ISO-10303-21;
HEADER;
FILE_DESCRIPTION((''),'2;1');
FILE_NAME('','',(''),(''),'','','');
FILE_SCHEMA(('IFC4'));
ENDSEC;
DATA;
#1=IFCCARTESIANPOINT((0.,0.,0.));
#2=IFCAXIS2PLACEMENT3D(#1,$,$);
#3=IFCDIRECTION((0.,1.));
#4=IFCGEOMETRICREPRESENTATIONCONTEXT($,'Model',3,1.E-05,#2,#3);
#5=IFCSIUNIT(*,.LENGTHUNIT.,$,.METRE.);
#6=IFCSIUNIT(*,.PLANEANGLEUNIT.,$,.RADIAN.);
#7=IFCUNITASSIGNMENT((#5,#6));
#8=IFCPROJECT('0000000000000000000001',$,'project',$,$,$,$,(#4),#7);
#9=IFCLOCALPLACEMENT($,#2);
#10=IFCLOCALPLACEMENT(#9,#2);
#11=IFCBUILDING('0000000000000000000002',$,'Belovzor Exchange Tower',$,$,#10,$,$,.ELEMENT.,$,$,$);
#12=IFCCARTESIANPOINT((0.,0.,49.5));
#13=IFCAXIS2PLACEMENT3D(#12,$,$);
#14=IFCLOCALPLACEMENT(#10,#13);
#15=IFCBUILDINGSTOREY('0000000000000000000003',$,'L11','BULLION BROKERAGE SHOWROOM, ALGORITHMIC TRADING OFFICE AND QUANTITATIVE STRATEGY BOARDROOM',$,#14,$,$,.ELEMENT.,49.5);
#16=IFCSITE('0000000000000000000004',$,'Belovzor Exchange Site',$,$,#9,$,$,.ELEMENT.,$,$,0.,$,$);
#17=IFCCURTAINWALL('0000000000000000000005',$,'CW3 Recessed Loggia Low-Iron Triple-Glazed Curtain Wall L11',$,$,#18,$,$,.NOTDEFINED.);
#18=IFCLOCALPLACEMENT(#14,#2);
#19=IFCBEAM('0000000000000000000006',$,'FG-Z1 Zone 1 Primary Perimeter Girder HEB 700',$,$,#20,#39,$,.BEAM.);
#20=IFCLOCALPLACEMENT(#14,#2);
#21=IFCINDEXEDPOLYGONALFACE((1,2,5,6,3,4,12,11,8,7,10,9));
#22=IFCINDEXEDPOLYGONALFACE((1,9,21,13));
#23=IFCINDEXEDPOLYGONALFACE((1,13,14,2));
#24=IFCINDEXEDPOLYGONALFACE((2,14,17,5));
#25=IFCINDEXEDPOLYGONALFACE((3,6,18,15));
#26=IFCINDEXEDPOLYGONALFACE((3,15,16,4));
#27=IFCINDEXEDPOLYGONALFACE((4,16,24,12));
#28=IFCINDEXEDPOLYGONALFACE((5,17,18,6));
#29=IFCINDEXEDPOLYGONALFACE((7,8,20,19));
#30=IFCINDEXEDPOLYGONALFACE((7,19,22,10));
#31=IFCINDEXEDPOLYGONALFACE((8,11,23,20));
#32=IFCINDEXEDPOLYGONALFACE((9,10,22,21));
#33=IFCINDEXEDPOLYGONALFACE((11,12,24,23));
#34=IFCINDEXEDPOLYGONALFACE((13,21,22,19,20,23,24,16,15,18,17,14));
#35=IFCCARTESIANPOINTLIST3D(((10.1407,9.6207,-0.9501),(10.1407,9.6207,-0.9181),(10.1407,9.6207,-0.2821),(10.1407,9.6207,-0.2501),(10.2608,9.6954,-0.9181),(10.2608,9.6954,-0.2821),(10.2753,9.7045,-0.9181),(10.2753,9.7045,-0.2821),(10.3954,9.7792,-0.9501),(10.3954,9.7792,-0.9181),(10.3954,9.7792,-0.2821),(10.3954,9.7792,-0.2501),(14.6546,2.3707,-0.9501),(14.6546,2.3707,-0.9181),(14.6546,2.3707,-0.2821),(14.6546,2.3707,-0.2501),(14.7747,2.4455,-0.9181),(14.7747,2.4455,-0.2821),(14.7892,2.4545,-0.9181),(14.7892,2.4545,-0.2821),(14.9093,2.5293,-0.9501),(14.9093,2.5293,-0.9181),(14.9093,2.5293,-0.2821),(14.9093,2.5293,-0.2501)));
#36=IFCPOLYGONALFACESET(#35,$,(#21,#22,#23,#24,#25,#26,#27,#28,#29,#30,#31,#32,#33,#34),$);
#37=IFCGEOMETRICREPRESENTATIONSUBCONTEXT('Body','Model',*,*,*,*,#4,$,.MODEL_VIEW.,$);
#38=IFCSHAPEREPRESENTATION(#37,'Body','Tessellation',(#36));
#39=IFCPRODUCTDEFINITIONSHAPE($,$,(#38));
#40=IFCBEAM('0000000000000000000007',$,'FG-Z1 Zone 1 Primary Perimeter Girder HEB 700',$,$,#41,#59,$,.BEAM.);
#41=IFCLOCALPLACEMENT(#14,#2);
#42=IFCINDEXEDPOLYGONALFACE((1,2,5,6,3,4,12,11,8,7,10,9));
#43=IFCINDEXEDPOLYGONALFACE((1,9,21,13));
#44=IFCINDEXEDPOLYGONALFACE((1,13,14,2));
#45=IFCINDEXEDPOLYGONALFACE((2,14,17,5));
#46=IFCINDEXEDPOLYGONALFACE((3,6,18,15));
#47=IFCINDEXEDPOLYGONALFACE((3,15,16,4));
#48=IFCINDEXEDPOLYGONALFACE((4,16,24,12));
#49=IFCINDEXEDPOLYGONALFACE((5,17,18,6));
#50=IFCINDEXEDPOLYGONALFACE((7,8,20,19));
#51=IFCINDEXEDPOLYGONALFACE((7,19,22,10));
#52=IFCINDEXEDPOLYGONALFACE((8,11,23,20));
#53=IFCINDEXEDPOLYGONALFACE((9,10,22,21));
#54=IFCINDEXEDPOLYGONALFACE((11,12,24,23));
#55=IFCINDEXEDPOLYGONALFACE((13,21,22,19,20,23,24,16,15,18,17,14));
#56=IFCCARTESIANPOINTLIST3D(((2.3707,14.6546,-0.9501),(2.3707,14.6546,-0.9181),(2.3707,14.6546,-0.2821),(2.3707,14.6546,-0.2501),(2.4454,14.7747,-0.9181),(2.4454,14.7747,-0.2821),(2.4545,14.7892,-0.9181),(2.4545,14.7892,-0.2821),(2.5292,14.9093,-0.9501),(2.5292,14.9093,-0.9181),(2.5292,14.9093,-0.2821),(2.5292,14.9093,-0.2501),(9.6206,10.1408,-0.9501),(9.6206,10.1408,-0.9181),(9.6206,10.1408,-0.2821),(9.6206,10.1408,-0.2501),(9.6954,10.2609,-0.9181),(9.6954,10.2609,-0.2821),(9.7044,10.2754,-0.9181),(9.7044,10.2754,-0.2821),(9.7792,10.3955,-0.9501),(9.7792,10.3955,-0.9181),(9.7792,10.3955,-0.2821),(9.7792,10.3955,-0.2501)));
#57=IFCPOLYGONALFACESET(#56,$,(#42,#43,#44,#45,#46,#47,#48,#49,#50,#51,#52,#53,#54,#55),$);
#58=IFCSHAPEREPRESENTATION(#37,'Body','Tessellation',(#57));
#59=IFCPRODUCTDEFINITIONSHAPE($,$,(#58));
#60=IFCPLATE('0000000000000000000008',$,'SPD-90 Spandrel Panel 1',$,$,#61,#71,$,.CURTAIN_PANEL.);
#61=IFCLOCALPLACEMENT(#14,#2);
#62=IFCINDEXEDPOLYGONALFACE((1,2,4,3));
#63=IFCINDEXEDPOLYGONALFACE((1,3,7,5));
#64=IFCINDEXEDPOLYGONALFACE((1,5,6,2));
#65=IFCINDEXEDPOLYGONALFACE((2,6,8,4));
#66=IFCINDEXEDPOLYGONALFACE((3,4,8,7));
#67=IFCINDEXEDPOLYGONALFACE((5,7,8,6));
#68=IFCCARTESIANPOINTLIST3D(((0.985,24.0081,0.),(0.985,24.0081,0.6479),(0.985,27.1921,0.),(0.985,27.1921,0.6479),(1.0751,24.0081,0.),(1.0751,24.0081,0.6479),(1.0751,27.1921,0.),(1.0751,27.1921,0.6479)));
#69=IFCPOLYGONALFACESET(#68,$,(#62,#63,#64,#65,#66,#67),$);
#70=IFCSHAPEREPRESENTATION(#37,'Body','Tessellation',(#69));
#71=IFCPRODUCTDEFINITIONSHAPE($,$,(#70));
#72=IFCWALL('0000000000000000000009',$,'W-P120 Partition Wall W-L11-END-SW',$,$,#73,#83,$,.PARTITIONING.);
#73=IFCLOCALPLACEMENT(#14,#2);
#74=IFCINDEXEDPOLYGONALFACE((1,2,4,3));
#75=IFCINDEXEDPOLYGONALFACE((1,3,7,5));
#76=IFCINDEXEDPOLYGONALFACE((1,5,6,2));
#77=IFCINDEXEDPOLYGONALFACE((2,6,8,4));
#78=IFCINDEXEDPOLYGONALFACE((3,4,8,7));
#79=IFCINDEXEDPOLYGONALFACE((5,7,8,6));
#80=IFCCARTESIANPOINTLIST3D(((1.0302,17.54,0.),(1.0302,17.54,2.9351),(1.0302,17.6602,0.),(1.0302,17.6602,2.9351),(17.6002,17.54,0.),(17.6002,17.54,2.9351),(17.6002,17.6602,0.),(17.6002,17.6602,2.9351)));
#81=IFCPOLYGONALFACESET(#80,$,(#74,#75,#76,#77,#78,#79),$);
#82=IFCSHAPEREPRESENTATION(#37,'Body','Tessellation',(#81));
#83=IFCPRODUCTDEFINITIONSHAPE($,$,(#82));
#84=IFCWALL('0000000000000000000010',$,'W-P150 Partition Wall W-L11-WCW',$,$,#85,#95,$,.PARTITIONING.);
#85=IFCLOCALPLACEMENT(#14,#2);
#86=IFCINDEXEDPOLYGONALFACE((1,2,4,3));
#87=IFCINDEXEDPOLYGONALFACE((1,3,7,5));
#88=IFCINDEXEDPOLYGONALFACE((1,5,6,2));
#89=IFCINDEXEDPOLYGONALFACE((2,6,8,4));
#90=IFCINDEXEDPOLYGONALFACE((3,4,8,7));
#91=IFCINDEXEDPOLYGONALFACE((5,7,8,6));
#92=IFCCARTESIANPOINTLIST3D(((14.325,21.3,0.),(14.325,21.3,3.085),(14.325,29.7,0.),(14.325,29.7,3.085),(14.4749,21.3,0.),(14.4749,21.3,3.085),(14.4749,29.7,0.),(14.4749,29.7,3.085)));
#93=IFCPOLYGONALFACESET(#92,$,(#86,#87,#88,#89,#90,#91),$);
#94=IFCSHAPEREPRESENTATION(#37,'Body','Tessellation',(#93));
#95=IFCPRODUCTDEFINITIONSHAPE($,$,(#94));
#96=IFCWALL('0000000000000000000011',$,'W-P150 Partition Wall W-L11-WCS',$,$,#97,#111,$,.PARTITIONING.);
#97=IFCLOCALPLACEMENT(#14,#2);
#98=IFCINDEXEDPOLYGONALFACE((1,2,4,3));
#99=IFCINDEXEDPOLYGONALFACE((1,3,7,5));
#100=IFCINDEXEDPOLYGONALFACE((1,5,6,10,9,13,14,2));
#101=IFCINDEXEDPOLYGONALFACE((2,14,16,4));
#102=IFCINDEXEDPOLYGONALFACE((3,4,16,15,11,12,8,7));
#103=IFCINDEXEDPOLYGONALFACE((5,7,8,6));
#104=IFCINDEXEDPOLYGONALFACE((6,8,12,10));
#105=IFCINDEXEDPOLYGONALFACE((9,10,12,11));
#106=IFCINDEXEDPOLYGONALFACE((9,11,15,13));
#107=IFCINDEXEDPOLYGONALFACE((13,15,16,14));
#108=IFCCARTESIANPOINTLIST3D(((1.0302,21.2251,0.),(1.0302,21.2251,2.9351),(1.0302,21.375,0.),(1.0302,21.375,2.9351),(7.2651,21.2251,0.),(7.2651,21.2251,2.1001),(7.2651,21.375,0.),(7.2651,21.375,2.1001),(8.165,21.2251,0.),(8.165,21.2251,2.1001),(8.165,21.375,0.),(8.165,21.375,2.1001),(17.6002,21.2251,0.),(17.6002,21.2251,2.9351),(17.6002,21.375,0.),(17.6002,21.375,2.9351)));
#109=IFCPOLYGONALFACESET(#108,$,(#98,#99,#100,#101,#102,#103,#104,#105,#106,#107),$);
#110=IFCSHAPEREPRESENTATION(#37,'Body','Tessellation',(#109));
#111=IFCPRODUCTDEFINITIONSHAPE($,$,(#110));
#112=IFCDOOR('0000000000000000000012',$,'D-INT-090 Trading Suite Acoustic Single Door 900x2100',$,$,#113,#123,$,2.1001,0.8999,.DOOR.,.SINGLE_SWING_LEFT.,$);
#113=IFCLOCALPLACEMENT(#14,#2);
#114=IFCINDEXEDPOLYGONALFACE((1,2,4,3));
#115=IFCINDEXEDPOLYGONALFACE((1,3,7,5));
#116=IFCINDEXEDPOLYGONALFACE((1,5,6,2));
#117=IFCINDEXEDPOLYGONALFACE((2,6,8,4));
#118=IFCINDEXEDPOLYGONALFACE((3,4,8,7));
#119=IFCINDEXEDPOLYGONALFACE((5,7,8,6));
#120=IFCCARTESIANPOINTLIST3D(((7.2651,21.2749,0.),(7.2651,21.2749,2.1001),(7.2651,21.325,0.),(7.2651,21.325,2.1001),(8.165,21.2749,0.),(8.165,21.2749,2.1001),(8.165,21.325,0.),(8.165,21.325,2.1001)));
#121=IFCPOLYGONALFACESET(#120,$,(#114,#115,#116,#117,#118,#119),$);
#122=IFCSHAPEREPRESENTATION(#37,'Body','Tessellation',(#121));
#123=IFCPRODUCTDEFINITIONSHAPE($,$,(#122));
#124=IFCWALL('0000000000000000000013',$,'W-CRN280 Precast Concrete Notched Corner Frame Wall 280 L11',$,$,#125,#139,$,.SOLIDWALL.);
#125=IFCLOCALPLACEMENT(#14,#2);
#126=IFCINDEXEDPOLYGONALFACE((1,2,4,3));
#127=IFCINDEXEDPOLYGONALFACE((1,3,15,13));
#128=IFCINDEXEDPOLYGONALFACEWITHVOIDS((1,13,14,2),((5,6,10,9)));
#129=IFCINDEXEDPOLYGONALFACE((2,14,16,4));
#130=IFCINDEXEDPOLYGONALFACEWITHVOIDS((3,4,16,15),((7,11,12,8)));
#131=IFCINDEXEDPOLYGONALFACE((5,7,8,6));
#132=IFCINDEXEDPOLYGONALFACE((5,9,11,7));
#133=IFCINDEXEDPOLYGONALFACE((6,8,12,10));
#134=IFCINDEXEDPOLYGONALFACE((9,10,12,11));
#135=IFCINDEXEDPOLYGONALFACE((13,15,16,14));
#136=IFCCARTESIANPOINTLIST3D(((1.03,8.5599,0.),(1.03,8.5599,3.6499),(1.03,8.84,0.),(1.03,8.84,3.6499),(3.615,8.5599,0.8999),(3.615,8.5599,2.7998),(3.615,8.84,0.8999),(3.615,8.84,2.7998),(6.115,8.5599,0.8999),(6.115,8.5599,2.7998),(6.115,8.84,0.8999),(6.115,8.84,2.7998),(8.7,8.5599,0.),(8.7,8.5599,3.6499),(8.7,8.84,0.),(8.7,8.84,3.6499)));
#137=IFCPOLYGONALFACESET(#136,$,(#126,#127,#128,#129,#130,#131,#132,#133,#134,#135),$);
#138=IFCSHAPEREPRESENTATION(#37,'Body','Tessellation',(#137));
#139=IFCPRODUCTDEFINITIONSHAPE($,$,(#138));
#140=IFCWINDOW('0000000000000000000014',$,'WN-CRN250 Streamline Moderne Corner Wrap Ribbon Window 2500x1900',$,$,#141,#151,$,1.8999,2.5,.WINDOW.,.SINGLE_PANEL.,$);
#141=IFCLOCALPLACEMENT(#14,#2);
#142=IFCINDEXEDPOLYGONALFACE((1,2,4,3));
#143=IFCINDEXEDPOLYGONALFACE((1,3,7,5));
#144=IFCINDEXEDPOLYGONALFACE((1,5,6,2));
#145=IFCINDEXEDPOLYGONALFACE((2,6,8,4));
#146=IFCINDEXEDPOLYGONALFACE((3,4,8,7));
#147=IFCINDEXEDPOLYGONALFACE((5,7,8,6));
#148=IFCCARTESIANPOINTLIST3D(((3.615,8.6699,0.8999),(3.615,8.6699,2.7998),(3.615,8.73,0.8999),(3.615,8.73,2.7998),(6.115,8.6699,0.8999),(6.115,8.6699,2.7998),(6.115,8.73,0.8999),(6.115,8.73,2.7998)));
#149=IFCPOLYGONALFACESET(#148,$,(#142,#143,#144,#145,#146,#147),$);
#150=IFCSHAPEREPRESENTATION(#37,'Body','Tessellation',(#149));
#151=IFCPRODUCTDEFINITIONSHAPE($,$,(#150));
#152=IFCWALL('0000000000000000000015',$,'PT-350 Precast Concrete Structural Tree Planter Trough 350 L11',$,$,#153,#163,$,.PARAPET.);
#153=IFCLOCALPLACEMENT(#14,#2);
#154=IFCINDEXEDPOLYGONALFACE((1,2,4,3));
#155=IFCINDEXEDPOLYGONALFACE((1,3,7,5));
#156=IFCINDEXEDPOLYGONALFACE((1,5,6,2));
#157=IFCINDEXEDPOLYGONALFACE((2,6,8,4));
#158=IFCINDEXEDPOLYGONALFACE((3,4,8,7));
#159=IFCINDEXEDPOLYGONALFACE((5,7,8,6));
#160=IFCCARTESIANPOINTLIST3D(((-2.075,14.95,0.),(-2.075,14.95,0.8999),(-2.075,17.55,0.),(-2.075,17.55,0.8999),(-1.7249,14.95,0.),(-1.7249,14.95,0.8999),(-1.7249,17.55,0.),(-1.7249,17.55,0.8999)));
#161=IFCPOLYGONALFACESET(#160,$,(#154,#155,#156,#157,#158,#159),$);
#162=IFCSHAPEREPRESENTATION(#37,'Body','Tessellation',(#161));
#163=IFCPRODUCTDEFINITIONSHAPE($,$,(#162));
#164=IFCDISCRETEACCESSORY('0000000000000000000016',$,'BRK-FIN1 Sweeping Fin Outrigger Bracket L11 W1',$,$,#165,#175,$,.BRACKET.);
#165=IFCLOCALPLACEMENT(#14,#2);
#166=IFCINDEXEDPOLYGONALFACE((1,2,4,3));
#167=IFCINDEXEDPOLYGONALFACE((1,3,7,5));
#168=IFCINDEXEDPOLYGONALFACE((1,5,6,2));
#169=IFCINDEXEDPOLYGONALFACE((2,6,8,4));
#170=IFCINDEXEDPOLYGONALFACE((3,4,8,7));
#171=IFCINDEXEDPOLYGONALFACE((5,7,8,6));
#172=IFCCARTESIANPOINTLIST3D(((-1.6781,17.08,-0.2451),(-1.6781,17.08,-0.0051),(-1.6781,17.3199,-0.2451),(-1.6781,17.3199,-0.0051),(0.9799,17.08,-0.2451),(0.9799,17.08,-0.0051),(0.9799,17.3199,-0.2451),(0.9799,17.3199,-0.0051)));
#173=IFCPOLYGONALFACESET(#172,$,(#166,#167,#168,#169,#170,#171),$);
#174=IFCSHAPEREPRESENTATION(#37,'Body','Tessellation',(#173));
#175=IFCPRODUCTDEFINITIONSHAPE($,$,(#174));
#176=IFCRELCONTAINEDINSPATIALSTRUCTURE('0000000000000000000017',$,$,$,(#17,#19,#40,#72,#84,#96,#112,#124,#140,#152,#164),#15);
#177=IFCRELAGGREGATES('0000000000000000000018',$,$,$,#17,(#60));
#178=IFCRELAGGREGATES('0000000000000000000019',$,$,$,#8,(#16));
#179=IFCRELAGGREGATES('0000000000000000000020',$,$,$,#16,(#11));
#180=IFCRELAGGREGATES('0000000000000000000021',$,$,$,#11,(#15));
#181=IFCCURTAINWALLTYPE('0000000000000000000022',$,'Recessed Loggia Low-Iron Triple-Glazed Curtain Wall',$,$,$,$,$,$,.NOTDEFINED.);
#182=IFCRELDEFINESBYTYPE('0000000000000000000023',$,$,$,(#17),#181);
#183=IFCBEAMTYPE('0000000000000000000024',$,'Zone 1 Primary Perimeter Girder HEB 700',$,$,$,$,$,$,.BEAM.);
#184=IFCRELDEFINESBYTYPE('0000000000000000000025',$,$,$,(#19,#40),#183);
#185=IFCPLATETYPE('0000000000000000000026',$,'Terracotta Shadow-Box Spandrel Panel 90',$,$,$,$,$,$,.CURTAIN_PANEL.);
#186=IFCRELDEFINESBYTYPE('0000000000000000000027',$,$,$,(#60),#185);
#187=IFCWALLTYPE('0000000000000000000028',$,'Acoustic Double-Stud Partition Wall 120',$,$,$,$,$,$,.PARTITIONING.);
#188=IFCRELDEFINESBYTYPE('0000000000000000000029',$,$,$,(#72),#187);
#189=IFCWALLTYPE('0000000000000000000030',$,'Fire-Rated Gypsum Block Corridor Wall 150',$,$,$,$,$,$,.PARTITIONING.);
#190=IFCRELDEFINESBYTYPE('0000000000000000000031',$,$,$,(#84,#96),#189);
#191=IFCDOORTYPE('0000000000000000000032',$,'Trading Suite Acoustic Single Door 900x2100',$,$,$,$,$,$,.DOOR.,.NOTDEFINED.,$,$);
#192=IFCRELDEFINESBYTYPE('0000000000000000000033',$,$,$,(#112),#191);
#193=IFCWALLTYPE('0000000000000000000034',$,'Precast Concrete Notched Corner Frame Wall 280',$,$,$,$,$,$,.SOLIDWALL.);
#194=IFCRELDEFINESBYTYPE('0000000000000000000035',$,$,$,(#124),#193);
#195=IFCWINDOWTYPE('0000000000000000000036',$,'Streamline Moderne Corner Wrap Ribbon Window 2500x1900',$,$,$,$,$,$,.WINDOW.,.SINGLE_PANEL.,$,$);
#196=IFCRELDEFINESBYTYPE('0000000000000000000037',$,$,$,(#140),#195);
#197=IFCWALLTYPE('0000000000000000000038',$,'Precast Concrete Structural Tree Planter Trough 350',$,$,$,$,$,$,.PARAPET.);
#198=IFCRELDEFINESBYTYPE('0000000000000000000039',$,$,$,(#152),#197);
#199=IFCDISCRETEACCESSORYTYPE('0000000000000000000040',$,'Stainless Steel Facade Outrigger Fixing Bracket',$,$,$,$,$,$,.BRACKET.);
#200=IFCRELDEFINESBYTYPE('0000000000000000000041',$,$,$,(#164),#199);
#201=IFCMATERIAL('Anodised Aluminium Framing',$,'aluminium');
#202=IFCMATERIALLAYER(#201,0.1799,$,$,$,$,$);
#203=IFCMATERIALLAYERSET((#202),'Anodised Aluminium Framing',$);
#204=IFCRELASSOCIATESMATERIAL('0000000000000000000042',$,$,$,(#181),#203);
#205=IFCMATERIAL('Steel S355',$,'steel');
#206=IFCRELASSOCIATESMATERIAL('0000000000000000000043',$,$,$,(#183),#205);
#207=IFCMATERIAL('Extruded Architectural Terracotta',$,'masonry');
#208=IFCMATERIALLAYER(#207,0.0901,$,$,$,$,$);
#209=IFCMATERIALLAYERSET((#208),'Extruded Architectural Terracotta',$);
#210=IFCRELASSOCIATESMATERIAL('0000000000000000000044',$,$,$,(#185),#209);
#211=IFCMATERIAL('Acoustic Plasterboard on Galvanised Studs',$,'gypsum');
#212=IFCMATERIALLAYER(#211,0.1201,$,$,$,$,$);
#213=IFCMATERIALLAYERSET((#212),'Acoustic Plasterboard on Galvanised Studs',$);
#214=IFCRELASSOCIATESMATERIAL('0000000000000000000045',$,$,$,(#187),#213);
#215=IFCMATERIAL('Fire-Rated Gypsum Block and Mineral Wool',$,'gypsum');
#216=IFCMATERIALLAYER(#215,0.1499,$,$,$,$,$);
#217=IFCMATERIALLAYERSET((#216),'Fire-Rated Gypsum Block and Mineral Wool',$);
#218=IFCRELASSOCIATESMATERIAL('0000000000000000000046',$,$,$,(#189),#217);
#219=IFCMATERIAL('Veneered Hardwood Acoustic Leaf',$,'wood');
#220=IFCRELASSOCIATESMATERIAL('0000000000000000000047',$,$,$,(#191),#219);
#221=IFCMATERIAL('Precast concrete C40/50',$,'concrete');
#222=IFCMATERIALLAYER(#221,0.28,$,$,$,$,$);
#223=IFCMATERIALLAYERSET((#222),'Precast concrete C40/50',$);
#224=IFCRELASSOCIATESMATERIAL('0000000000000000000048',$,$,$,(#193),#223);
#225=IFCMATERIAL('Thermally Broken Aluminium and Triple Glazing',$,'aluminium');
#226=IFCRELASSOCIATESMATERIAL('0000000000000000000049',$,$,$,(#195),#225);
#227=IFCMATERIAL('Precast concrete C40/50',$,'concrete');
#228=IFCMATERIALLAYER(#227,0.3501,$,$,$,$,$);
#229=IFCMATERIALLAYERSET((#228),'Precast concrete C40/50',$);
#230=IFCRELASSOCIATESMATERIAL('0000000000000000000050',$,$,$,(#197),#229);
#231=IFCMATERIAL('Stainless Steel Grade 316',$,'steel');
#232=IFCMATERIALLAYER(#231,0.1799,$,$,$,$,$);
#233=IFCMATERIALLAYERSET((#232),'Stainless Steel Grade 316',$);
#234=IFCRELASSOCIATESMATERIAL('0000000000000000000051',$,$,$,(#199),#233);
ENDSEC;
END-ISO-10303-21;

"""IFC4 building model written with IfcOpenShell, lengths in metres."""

from ifc_helpers import new_model, si_unit, direction, frame, frame_2d, origin, origin_2d, place, context, subcontext, project, spatial, rectangle, i_section, extrude, material, layer, layer_set, material_profile, profile_set, type_object, element, fill, aggregate, save


model = new_model("IFC4")

# Units and contexts
model_context = context("Model", 3, precision=1e-05, world=origin(), true_north=direction((0.0, 1.0)))
body_context = subcontext(model_context, "Body", "Model", "MODEL_VIEW")
ifc_project = project(units=[si_unit("LENGTHUNIT", "METRE"), si_unit("PLANEANGLEUNIT", "RADIAN")], contexts=[model_context])

# Site, building, storey
site_placement = place(None, origin())
site = spatial("IfcSite", under=ifc_project, at=site_placement, Name="Belovzor Exchange Site", CompositionType="ELEMENT", RefElevation=0.0)
building_placement = place(site_placement, origin())
building = spatial("IfcBuilding", under=site, at=building_placement, Name="Belovzor Exchange Tower", CompositionType="ELEMENT")
storey_placement = place(building_placement, frame((0.0, 0.0, 49.5)))
storey = spatial("IfcBuildingStorey", under=building, at=storey_placement, Name="L11", Description="BULLION BROKERAGE SHOWROOM, ALGORITHMIC TRADING OFFICE AND QUANTITATIVE STRATEGY BOARDROOM", CompositionType="ELEMENT", Elevation=49.5)

# Curtain wall
ifc_material_1 = material(Name="Anodised Aluminium Framing", Category="aluminium")
ifc_layer_1 = layer(ifc_material_1, 0.1799)
ifc_layer_set_1 = layer_set([ifc_layer_1], Name="Anodised Aluminium Framing")
curtain_wall_type = type_object("IfcCurtainWallType", Name="Recessed Loggia Low-Iron Triple-Glazed Curtain Wall", PredefinedType="NOTDEFINED", material=ifc_layer_set_1)
curtain_wall_placement = place(storey_placement, origin())
curtain_wall = element("IfcCurtainWall", 1, at=curtain_wall_placement, inside=storey, type_object=curtain_wall_type, Name="CW3 Recessed Loggia Low-Iron Triple-Glazed Curtain Wall L11", PredefinedType="NOTDEFINED")

# Beams
ifc_material_2 = material(Name="Steel S355", Category="steel")
ifc_material_profile_1 = material_profile(ifc_material_2, i_section(OverallWidth=0.3, OverallDepth=0.7, WebThickness=0.0171, FlangeThickness=0.032, at=origin_2d()))
ifc_profile_set_1 = profile_set([ifc_material_profile_1], Name="Steel S355")
beam_type_1 = type_object("IfcBeamType", Name="Zone 1 Primary Perimeter Girder HEB 700", PredefinedType="BEAM", material=ifc_profile_set_1)
for number, where, z_axis, x_axis, name in (
    (2, (10.2681, 9.7, -0.6001), (0.528539, -0.848909, 0.0), (0.848909, 0.528539, 0.0), "FG-Z1 Zone 1 Primary Perimeter Girder HEB 700"),
    (3, (2.45, 14.782, -0.6001), (0.848909, -0.528539, 0.0), (0.528539, 0.848909, 0.0), "FG-Z1 Zone 1 Primary Perimeter Girder HEB 700"),
):
    element("IfcBeam", number, at=place(storey_placement, frame(where, z_axis=z_axis, x_axis=x_axis)), inside=storey, type_object=beam_type_1, Name=name, PredefinedType="BEAM", context=body_context, shape_type="SweptSolid", body=[
        extrude(i_section(OverallWidth=0.3, OverallDepth=0.7, WebThickness=0.0171, FlangeThickness=0.032, at=origin_2d()), origin(), (0.0, 0.0, 1.0), 8.5403),
    ])

# Plate
ifc_material_3 = material(Name="Extruded Architectural Terracotta", Category="masonry")
ifc_layer_2 = layer(ifc_material_3, 0.0901)
ifc_layer_set_2 = layer_set([ifc_layer_2], Name="Extruded Architectural Terracotta")
plate_type = type_object("IfcPlateType", Name="Terracotta Shadow-Box Spandrel Panel 90", PredefinedType="CURTAIN_PANEL", material=ifc_layer_set_2)
plate_placement = place(storey_placement, frame((1.03, 25.6001, 0.0), z_axis=(0.0, 0.0, 1.0), x_axis=(0.0, 1.0, 0.0)))
plate = element("IfcPlate", 4, at=plate_placement, type_object=plate_type, Name="SPD-90 Spandrel Panel 1", PredefinedType="CURTAIN_PANEL", context=body_context, shape_type="SweptSolid", body=[
    extrude(rectangle(XDim=3.1841, YDim=0.0901, at=origin_2d()), origin(), (0.0, 0.0, 1.0), 0.6479),
])
aggregate(curtain_wall, [plate])

# Walls
ifc_material_4 = material(Name="Acoustic Plasterboard on Galvanised Studs", Category="gypsum")
ifc_layer_3 = layer(ifc_material_4, 0.1201)
ifc_layer_set_3 = layer_set([ifc_layer_3], Name="Acoustic Plasterboard on Galvanised Studs")
wall_type_1 = type_object("IfcWallType", Name="Acoustic Double-Stud Partition Wall 120", PredefinedType="PARTITIONING", material=ifc_layer_set_3)
wall_1_placement = place(storey_placement, frame((1.03, 17.6001, 0.0), z_axis=(0.0, 0.0, 1.0), x_axis=(1.0, 0.0, 0.0)))
element("IfcWall", 5, at=wall_1_placement, inside=storey, type_object=wall_type_1, Name="W-P120 Partition Wall W-L11-END-SW", PredefinedType="PARTITIONING", context=body_context, shape_type="SweptSolid", body=[
    extrude(rectangle(XDim=16.5701, YDim=0.1201, at=frame_2d((8.2852, 0.0))), origin(), (0.0, 0.0, 1.0), 2.9351),
])
ifc_material_5 = material(Name="Fire-Rated Gypsum Block and Mineral Wool", Category="gypsum")
ifc_layer_4 = layer(ifc_material_5, 0.1499)
ifc_layer_set_4 = layer_set([ifc_layer_4], Name="Fire-Rated Gypsum Block and Mineral Wool")
wall_type_2 = type_object("IfcWallType", Name="Fire-Rated Gypsum Block Corridor Wall 150", PredefinedType="PARTITIONING", material=ifc_layer_set_4)
wall_2_placement = place(storey_placement, frame((14.3999, 21.3, 0.0), z_axis=(0.0, 0.0, 1.0), x_axis=(0.0, 1.0, 0.0)))
element("IfcWall", 6, at=wall_2_placement, inside=storey, type_object=wall_type_2, Name="W-P150 Partition Wall W-L11-WCW", PredefinedType="PARTITIONING", context=body_context, shape_type="SweptSolid", body=[
    extrude(rectangle(XDim=8.3999, YDim=0.1499, at=frame_2d((4.2, 0.0))), origin(), (0.0, 0.0, 1.0), 3.085),
])

# Wall, opening, door
wall_3_placement = place(storey_placement, frame((1.03, 21.3, 0.0), z_axis=(0.0, 0.0, 1.0), x_axis=(1.0, 0.0, 0.0)))
wall_3 = element("IfcWall", 7, at=wall_3_placement, inside=storey, type_object=wall_type_2, Name="W-P150 Partition Wall W-L11-WCS", PredefinedType="PARTITIONING", context=body_context, shape_type="SweptSolid", body=[
    extrude(rectangle(XDim=16.5701, YDim=0.1499, at=frame_2d((8.2852, 0.0))), origin(), (0.0, 0.0, 1.0), 2.9351),
])
opening_1_placement = place(wall_3_placement, frame((6.2351, 0.0, 0.0)))
opening_1 = element("IfcOpeningElement", 8, at=opening_1_placement, cuts=wall_3, PredefinedType="OPENING", context=body_context, shape_type="SweptSolid", body=[
    extrude(rectangle(XDim=0.8999, YDim=2.1001, at=frame_2d((0.45, 1.05))), frame((0.0, 0.085, 0.0), z_axis=(0.0, -1.0, 0.0), x_axis=(1.0, 0.0, 0.0)), (0.0, 0.0, 1.0), 0.1699),
])
ifc_material_6 = material(Name="Veneered Hardwood Acoustic Leaf", Category="wood")
door_type = type_object("IfcDoorType", Name="Trading Suite Acoustic Single Door 900x2100", OperationType="NOTDEFINED", PredefinedType="DOOR", material=ifc_material_6)
door_placement = place(opening_1_placement, origin())
door = element("IfcDoor", 9, at=door_placement, inside=storey, type_object=door_type, Name="D-INT-090 Trading Suite Acoustic Single Door 900x2100", OperationType="SINGLE_SWING_LEFT", OverallHeight=2.1001, OverallWidth=0.8999, PredefinedType="DOOR", context=body_context, shape_type="SweptSolid", body=[
    extrude(rectangle(XDim=0.8999, YDim=2.1001, at=frame_2d((0.45, 1.05))), frame((0.0, 0.0249, 0.0), z_axis=(0.0, -1.0, 0.0), x_axis=(1.0, 0.0, 0.0)), (0.0, 0.0, 1.0), 0.05),
])
fill(opening_1, door)

# Wall, opening, window
ifc_material_7 = material(Name="Precast concrete C40/50", Category="concrete")
ifc_layer_5 = layer(ifc_material_7, 0.28)
ifc_layer_set_5 = layer_set([ifc_layer_5], Name="Precast concrete C40/50")
wall_type_3 = type_object("IfcWallType", Name="Precast Concrete Notched Corner Frame Wall 280", PredefinedType="SOLIDWALL", material=ifc_layer_set_5)
wall_4_placement = place(storey_placement, frame((8.7, 8.7, 0.0), z_axis=(0.0, 0.0, 1.0), x_axis=(-1.0, 0.0, 0.0)))
wall_4 = element("IfcWall", 10, at=wall_4_placement, inside=storey, type_object=wall_type_3, Name="W-CRN280 Precast Concrete Notched Corner Frame Wall 280 L11", PredefinedType="SOLIDWALL", context=body_context, shape_type="SweptSolid", body=[
    extrude(rectangle(XDim=7.6699, YDim=0.28, at=frame_2d((3.835, 0.0))), origin(), (0.0, 0.0, 1.0), 3.6499),
])
opening_2_placement = place(wall_4_placement, frame((2.585, 0.0, 0.8999)))
opening_2 = element("IfcOpeningElement", 11, at=opening_2_placement, cuts=wall_4, PredefinedType="OPENING", context=body_context, shape_type="SweptSolid", body=[
    extrude(rectangle(XDim=2.5, YDim=1.8999, at=frame_2d((1.25, 0.95))), frame((0.0, 0.1499, 0.0), z_axis=(0.0, -1.0, 0.0), x_axis=(1.0, 0.0, 0.0)), (0.0, 0.0, 1.0), 0.3),
])
ifc_material_8 = material(Name="Thermally Broken Aluminium and Triple Glazing", Category="aluminium")
window_type = type_object("IfcWindowType", Name="Streamline Moderne Corner Wrap Ribbon Window 2500x1900", PartitioningType="SINGLE_PANEL", PredefinedType="WINDOW", material=ifc_material_8)
window_placement = place(opening_2_placement, origin())
window = element("IfcWindow", 12, at=window_placement, inside=storey, type_object=window_type, Name="WN-CRN250 Streamline Moderne Corner Wrap Ribbon Window 2500x1900", OverallHeight=1.8999, OverallWidth=2.5, PartitioningType="SINGLE_PANEL", PredefinedType="WINDOW", context=body_context, shape_type="SweptSolid", body=[
    extrude(rectangle(XDim=2.5, YDim=1.8999, at=frame_2d((1.25, 0.95))), frame((0.0, 0.03, 0.0), z_axis=(0.0, -1.0, 0.0), x_axis=(1.0, 0.0, 0.0)), (0.0, 0.0, 1.0), 0.0601),
])
fill(opening_2, window)

# Wall
ifc_material_9 = material(Name="Precast concrete C40/50", Category="concrete")
ifc_layer_6 = layer(ifc_material_9, 0.3501)
ifc_layer_set_6 = layer_set([ifc_layer_6], Name="Precast concrete C40/50")
wall_type_4 = type_object("IfcWallType", Name="Precast Concrete Structural Tree Planter Trough 350", PredefinedType="PARAPET", material=ifc_layer_set_6)
wall_5_placement = place(storey_placement, frame((-1.8999, 14.95, 0.0), z_axis=(0.0, 0.0, 1.0), x_axis=(0.0, 1.0, 0.0)))
element("IfcWall", 13, at=wall_5_placement, inside=storey, type_object=wall_type_4, Name="PT-350 Precast Concrete Structural Tree Planter Trough 350 L11", PredefinedType="PARAPET", context=body_context, shape_type="SweptSolid", body=[
    extrude(rectangle(XDim=2.6001, YDim=0.3501, at=frame_2d((1.3, 0.0))), origin(), (0.0, 0.0, 1.0), 0.8999),
])

# Discrete accessory
ifc_material_10 = material(Name="Stainless Steel Grade 316", Category="steel")
ifc_layer_7 = layer(ifc_material_10, 0.1799)
ifc_layer_set_7 = layer_set([ifc_layer_7], Name="Stainless Steel Grade 316")
discrete_accessory_type = type_object("IfcDiscreteAccessoryType", Name="Stainless Steel Facade Outrigger Fixing Bracket", PredefinedType="BRACKET", material=ifc_layer_set_7)
for number, where, z_axis, x_axis, name in (
    (14, (-0.3491, 17.2, -0.2451), (0.0, 0.0, 1.0), (1.0, 0.0, 0.0), "BRK-FIN1 Sweeping Fin Outrigger Bracket L11 W1"),
):
    element("IfcDiscreteAccessory", number, at=place(storey_placement, frame(where, z_axis=z_axis, x_axis=x_axis)), inside=storey, type_object=discrete_accessory_type, Name=name, PredefinedType="BRACKET", context=body_context, shape_type="SweptSolid", body=[
        extrude(rectangle(XDim=2.658, YDim=0.24, at=origin_2d()), origin(), (0.0, 0.0, 1.0), 0.24),
    ])

save(model, "model.ifc")
